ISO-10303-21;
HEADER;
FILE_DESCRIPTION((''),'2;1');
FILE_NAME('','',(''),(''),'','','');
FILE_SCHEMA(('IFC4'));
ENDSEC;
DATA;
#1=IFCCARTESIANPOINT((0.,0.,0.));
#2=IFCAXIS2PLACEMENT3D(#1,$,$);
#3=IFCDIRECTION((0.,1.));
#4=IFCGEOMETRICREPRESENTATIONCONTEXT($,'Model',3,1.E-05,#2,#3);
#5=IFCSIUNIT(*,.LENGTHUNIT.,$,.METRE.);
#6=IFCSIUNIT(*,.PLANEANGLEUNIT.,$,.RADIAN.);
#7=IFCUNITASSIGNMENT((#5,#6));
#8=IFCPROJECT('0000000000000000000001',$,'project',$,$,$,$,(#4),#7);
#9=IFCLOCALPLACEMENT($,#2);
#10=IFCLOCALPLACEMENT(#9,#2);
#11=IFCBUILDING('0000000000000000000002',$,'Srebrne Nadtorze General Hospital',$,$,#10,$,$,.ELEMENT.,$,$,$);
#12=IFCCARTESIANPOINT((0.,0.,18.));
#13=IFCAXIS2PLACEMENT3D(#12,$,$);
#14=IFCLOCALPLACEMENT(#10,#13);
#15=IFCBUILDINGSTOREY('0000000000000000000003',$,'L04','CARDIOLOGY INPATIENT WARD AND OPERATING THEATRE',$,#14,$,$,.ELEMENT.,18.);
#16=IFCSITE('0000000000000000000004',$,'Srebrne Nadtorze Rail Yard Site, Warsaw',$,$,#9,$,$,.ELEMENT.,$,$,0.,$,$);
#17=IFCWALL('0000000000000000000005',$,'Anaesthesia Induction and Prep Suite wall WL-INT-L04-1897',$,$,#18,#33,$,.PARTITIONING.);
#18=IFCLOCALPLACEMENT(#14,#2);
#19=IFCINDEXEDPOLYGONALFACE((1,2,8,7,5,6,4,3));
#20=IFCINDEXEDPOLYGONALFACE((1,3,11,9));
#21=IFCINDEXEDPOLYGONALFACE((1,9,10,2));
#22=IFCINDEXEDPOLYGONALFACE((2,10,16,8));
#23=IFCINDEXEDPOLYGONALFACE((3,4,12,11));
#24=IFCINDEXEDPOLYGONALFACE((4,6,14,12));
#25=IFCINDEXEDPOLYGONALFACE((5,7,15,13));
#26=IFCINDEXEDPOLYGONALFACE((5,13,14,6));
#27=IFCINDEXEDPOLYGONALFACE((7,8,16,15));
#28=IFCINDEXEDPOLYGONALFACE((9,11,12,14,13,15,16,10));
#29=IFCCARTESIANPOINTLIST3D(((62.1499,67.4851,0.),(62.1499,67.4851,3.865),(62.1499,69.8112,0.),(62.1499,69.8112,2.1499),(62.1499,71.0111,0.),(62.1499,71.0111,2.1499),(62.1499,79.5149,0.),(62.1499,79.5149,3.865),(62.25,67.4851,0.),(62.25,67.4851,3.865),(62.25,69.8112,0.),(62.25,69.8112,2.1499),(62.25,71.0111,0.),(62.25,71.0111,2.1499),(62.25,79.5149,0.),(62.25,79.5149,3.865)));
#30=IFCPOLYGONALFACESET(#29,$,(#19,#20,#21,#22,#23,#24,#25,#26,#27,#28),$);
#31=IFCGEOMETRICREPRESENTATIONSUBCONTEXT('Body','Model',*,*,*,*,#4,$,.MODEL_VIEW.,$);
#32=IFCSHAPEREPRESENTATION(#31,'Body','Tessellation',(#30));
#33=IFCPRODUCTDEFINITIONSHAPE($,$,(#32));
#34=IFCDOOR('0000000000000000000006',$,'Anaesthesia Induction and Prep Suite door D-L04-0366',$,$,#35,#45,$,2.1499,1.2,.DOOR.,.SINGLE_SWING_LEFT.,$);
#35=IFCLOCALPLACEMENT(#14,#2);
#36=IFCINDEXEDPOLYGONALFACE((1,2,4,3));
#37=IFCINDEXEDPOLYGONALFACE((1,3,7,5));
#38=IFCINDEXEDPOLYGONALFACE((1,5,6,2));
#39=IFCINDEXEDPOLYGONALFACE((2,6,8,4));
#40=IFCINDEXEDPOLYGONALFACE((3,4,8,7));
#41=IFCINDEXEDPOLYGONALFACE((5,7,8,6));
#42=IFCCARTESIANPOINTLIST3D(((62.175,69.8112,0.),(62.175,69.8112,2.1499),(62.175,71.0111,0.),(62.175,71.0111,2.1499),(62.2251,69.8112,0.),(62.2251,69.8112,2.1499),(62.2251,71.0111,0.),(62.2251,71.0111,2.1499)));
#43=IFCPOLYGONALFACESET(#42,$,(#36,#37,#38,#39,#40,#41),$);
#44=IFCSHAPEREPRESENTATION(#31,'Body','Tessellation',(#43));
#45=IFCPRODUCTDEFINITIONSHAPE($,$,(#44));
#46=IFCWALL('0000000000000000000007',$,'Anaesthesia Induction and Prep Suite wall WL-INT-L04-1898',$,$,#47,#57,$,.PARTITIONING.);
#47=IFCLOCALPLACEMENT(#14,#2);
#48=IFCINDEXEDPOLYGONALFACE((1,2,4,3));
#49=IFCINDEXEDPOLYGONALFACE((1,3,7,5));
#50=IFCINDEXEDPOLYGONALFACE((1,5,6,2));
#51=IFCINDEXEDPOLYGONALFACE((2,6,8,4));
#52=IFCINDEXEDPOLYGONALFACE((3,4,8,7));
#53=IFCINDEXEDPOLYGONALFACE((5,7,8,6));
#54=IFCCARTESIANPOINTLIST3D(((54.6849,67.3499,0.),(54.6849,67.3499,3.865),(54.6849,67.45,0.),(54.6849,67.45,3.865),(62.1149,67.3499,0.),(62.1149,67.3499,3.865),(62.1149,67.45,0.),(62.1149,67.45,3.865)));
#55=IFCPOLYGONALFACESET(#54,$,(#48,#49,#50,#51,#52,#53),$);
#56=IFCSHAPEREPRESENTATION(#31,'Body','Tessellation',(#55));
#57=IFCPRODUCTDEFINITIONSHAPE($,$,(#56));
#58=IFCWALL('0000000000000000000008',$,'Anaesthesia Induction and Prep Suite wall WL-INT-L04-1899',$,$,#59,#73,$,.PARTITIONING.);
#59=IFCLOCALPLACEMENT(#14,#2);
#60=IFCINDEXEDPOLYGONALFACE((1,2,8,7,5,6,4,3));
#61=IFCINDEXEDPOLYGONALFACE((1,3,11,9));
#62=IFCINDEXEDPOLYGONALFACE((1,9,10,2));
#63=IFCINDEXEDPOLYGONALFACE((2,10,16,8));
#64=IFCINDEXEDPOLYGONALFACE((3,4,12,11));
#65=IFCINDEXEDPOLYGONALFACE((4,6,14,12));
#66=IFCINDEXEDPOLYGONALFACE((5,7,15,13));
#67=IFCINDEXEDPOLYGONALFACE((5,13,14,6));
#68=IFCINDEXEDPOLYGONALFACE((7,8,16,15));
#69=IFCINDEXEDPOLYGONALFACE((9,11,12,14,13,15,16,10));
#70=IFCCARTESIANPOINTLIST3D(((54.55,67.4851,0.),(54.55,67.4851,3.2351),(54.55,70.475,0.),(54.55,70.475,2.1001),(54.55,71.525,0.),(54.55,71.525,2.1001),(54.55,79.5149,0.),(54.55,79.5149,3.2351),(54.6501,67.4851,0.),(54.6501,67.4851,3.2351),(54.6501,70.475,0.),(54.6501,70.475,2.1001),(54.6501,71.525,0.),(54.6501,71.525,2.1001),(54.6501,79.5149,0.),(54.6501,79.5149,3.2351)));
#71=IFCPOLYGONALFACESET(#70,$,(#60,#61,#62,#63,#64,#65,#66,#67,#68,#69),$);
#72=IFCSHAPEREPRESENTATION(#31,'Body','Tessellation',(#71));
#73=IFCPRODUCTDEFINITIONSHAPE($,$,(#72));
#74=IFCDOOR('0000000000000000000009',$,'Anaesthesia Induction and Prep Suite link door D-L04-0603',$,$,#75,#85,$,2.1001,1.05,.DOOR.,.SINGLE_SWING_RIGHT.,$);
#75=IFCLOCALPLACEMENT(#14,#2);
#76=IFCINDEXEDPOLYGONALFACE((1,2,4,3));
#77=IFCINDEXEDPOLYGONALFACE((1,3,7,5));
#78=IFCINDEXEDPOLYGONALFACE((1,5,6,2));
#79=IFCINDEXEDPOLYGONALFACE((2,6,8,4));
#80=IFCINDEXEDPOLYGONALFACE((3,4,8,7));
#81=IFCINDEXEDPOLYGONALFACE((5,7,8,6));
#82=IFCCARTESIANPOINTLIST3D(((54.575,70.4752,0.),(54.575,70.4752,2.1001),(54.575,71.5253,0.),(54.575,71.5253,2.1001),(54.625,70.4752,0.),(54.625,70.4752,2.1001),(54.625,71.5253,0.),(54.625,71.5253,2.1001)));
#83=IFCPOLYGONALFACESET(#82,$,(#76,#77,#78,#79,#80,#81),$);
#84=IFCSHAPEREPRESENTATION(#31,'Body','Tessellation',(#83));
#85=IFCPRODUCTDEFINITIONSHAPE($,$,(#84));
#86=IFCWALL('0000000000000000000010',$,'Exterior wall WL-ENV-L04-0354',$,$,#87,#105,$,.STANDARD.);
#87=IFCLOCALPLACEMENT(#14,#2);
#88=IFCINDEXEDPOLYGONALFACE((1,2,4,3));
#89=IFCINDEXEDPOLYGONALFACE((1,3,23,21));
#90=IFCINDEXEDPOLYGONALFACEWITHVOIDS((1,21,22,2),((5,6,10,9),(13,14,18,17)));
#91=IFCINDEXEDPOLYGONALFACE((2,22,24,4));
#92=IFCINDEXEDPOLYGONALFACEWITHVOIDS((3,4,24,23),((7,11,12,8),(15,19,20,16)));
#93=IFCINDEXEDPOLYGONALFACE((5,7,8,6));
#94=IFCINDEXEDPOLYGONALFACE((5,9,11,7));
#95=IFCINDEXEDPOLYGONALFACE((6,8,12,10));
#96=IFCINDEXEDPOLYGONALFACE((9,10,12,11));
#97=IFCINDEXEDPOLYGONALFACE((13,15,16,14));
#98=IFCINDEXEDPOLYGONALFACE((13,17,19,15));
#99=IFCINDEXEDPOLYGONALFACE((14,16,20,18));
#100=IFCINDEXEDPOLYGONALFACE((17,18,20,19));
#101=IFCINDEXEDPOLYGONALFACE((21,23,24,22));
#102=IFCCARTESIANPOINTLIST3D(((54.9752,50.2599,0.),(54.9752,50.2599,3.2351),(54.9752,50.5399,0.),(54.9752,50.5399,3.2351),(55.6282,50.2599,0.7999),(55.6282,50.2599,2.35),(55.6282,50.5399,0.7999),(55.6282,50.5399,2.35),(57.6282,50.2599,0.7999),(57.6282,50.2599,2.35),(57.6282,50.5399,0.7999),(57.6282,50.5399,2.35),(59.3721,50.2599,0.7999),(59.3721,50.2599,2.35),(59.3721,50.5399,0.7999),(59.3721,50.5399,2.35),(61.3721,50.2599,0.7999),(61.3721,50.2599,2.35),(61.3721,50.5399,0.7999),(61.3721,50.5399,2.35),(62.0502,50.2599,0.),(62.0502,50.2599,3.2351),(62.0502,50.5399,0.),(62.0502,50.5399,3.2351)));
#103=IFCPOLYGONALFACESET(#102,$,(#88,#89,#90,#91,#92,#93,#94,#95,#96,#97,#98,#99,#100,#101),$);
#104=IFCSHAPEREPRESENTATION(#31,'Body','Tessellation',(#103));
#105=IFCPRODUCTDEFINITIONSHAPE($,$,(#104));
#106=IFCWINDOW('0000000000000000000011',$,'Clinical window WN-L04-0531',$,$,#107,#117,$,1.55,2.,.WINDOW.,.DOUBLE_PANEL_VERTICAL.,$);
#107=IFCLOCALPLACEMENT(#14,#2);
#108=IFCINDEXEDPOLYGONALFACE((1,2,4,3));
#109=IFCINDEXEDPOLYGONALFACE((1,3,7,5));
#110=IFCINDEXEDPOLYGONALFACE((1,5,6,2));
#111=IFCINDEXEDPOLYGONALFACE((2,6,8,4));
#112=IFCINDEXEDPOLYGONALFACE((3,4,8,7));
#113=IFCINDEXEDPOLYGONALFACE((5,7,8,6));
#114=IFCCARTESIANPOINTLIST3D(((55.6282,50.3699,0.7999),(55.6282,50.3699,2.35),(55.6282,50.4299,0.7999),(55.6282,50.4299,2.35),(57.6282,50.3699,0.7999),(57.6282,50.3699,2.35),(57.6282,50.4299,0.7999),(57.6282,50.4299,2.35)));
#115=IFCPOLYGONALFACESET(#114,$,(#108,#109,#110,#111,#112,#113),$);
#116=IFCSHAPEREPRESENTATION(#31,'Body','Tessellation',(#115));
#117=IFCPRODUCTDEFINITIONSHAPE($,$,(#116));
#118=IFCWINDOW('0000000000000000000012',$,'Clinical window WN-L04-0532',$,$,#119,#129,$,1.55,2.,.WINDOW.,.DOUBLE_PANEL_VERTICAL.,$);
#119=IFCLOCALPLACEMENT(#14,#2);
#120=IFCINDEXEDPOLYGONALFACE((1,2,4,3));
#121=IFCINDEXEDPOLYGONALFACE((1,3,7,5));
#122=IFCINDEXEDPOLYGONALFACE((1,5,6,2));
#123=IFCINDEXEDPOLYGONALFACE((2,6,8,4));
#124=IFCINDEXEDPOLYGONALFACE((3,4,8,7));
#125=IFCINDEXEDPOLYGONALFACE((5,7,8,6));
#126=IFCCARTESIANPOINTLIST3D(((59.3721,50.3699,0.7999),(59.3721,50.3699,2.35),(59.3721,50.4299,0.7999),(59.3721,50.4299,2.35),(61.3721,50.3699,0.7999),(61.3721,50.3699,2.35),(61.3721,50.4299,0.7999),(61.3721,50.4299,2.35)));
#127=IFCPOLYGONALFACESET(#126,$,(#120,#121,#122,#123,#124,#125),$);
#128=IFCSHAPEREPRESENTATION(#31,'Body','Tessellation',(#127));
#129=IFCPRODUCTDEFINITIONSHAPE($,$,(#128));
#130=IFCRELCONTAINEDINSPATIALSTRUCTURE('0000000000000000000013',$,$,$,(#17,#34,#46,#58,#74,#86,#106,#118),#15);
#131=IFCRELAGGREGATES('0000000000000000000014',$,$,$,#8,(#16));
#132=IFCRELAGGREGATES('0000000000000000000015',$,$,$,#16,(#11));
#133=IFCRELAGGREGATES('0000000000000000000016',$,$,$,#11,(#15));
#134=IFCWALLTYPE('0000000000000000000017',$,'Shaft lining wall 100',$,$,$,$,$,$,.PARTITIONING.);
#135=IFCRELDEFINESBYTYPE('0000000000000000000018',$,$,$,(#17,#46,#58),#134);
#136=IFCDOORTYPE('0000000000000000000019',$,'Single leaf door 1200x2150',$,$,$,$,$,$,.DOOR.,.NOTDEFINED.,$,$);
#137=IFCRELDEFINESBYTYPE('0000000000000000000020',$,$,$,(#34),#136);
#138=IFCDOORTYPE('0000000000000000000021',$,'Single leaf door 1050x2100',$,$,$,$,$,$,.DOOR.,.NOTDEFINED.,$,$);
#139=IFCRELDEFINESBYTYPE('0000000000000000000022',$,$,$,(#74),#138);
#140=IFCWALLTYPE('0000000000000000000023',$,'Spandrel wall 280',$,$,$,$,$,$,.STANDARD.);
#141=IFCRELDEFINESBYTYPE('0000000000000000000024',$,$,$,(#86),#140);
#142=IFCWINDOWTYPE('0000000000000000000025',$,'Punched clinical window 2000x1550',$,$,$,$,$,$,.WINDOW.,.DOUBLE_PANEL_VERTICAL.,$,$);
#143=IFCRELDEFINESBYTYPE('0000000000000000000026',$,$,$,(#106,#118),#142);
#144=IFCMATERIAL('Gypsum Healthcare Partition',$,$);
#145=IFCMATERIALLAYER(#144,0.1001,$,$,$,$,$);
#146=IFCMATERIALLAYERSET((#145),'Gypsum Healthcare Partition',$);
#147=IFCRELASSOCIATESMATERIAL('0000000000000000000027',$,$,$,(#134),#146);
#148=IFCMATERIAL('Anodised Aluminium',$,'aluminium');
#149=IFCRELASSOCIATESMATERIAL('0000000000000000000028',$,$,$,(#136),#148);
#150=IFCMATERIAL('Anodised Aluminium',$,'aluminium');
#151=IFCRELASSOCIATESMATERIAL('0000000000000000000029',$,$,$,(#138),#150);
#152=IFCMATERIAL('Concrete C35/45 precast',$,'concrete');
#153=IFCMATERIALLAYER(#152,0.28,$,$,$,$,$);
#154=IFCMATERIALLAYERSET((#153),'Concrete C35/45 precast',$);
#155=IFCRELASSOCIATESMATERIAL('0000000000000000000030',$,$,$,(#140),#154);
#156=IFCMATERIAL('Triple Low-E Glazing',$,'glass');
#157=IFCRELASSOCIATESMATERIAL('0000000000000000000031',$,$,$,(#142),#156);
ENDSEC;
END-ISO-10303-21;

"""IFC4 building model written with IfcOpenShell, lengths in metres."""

from ifc_helpers import new_model, si_unit, direction, frame, frame_2d, origin, place, context, subcontext, project, spatial, rectangle, extrude, material, layer, layer_set, type_object, element, fill, save


model = new_model("IFC4")

# Units and contexts
model_context = context("Model", 3, precision=1e-05, world=origin(), true_north=direction((0.0, 1.0)))
body_context = subcontext(model_context, "Body", "Model", "MODEL_VIEW")
ifc_project = project(units=[si_unit("LENGTHUNIT", "METRE"), si_unit("PLANEANGLEUNIT", "RADIAN")], contexts=[model_context])

# Site, building, storey
site_placement = place(None, origin())
site = spatial("IfcSite", under=ifc_project, at=site_placement, Name="Srebrne Nadtorze Rail Yard Site, Warsaw", CompositionType="ELEMENT", RefElevation=0.0)
building_placement = place(site_placement, origin())
building = spatial("IfcBuilding", under=site, at=building_placement, Name="Srebrne Nadtorze General Hospital", CompositionType="ELEMENT")
storey_placement = place(building_placement, frame((0.0, 0.0, 18.0)))
storey = spatial("IfcBuildingStorey", under=building, at=storey_placement, Name="L04", Description="CARDIOLOGY INPATIENT WARD AND OPERATING THEATRE", CompositionType="ELEMENT", Elevation=18.0)

# Wall, opening, door
ifc_material_1 = material(Name="Gypsum Healthcare Partition")
ifc_layer_1 = layer(ifc_material_1, 0.1001)
ifc_layer_set_1 = layer_set([ifc_layer_1], Name="Gypsum Healthcare Partition")
wall_type_1 = type_object("IfcWallType", Name="Shaft lining wall 100", PredefinedType="PARTITIONING", material=ifc_layer_set_1)
wall_1_placement = place(storey_placement, frame((62.2, 67.4851, 0.0), z_axis=(0.0, 0.0, 1.0), x_axis=(0.0, 1.0, 0.0)))
wall_1 = element("IfcWall", 1, at=wall_1_placement, inside=storey, type_object=wall_type_1, Name="Anaesthesia Induction and Prep Suite wall WL-INT-L04-1897", PredefinedType="PARTITIONING", context=body_context, shape_type="SweptSolid", body=[
    extrude(rectangle(XDim=12.0298, YDim=0.1001, at=frame_2d((6.0149, 0.0))), origin(), (0.0, 0.0, 1.0), 3.865),
])
opening_1_placement = place(wall_1_placement, frame((2.3259, 0.0, 0.0)))
opening_1 = element("IfcOpeningElement", 2, at=opening_1_placement, cuts=wall_1, PredefinedType="OPENING", context=body_context, shape_type="SweptSolid", body=[
    extrude(rectangle(XDim=1.2, YDim=2.1499, at=frame_2d((0.6001, 1.075))), frame((0.0, 0.062, 0.0), z_axis=(0.0, -1.0, 0.0), x_axis=(1.0, 0.0, 0.0)), (0.0, 0.0, 1.0), 0.124),
])
ifc_material_2 = material(Name="Anodised Aluminium", Category="aluminium")
door_type_1 = type_object("IfcDoorType", Name="Single leaf door 1200x2150", OperationType="NOTDEFINED", PredefinedType="DOOR", material=ifc_material_2)
door_1_placement = place(opening_1_placement, origin())
door_1 = element("IfcDoor", 3, at=door_1_placement, inside=storey, type_object=door_type_1, Name="Anaesthesia Induction and Prep Suite door D-L04-0366", OperationType="SINGLE_SWING_LEFT", OverallHeight=2.1499, OverallWidth=1.2, PredefinedType="DOOR", context=body_context, shape_type="SweptSolid", body=[
    extrude(rectangle(XDim=1.2, YDim=2.1499, at=frame_2d((0.6001, 1.075))), frame((0.0, 0.0249, 0.0), z_axis=(0.0, -1.0, 0.0), x_axis=(1.0, 0.0, 0.0)), (0.0, 0.0, 1.0), 0.05),
])
fill(opening_1, door_1)

# Wall
wall_2_placement = place(storey_placement, frame((54.6851, 67.3999, 0.0), z_axis=(0.0, 0.0, 1.0), x_axis=(1.0, 0.0, 0.0)))
element("IfcWall", 4, at=wall_2_placement, inside=storey, type_object=wall_type_1, Name="Anaesthesia Induction and Prep Suite wall WL-INT-L04-1898", PredefinedType="PARTITIONING", context=body_context, shape_type="SweptSolid", body=[
    extrude(rectangle(XDim=7.4299, YDim=0.1001, at=frame_2d((3.7148, 0.0))), origin(), (0.0, 0.0, 1.0), 3.865),
])

# Wall, opening, door
wall_3_placement = place(storey_placement, frame((54.6001, 67.4851, 0.0), z_axis=(0.0, 0.0, 1.0), x_axis=(0.0, 1.0, 0.0)))
wall_3 = element("IfcWall", 5, at=wall_3_placement, inside=storey, type_object=wall_type_1, Name="Anaesthesia Induction and Prep Suite wall WL-INT-L04-1899", PredefinedType="PARTITIONING", context=body_context, shape_type="SweptSolid", body=[
    extrude(rectangle(XDim=12.0298, YDim=0.1001, at=frame_2d((6.0149, 0.0))), origin(), (0.0, 0.0, 1.0), 3.2351),
])
opening_2_placement = place(wall_3_placement, frame((2.99, 0.0, 0.0)))
opening_2 = element("IfcOpeningElement", 6, at=opening_2_placement, cuts=wall_3, PredefinedType="OPENING", context=body_context, shape_type="SweptSolid", body=[
    extrude(rectangle(XDim=1.05, YDim=2.1001, at=frame_2d((0.5249, 1.05))), frame((0.0, 0.062, 0.0), z_axis=(0.0, -1.0, 0.0), x_axis=(1.0, 0.0, 0.0)), (0.0, 0.0, 1.0), 0.124),
])
ifc_material_3 = material(Name="Anodised Aluminium", Category="aluminium")
door_type_2 = type_object("IfcDoorType", Name="Single leaf door 1050x2100", OperationType="NOTDEFINED", PredefinedType="DOOR", material=ifc_material_3)
door_2_placement = place(opening_2_placement, frame((1.05, 0.0, 0.0), z_axis=(0.0, 0.0, 1.0), x_axis=(-1.0, 0.0, 0.0)))
door_2 = element("IfcDoor", 7, at=door_2_placement, inside=storey, type_object=door_type_2, Name="Anaesthesia Induction and Prep Suite link door D-L04-0603", OperationType="SINGLE_SWING_RIGHT", OverallHeight=2.1001, OverallWidth=1.05, PredefinedType="DOOR", context=body_context, shape_type="SweptSolid", body=[
    extrude(rectangle(XDim=1.05, YDim=2.1001, at=frame_2d((0.5249, 1.05))), frame((0.0, 0.0249, 0.0), z_axis=(0.0, -1.0, 0.0), x_axis=(1.0, 0.0, 0.0)), (0.0, 0.0, 1.0), 0.05),
])
fill(opening_2, door_2)

# Wall, openings, windows
ifc_material_4 = material(Name="Concrete C35/45 precast", Category="concrete")
ifc_layer_2 = layer(ifc_material_4, 0.28)
ifc_layer_set_2 = layer_set([ifc_layer_2], Name="Concrete C35/45 precast")
wall_type_2 = type_object("IfcWallType", Name="Spandrel wall 280", PredefinedType="STANDARD", material=ifc_layer_set_2)
wall_4_placement = place(storey_placement, frame((54.9751, 50.3999, 0.0), z_axis=(0.0, 0.0, 1.0), x_axis=(1.0, 0.0, 0.0)))
wall_4 = element("IfcWall", 8, at=wall_4_placement, inside=storey, type_object=wall_type_2, Name="Exterior wall WL-ENV-L04-0354", PredefinedType="STANDARD", context=body_context, shape_type="SweptSolid", body=[
    extrude(rectangle(XDim=7.075, YDim=0.28, at=frame_2d((3.5376, 0.0))), origin(), (0.0, 0.0, 1.0), 3.2351),
])
opening_3_placement = place(wall_4_placement, frame((0.6531, 0.0, 0.8)))
opening_3 = element("IfcOpeningElement", 9, at=opening_3_placement, cuts=wall_4, PredefinedType="OPENING", context=body_context, shape_type="SweptSolid", body=[
    extrude(rectangle(XDim=2.0, YDim=1.55, at=frame_2d((1.0, 0.7749))), frame((0.0, 0.1519, 0.0), z_axis=(0.0, -1.0, 0.0), x_axis=(1.0, 0.0, 0.0)), (0.0, 0.0, 1.0), 0.304),
])
opening_4_placement = place(wall_4_placement, frame((4.397, 0.0, 0.8)))
opening_4 = element("IfcOpeningElement", 10, at=opening_4_placement, cuts=wall_4, PredefinedType="OPENING", context=body_context, shape_type="SweptSolid", body=[
    extrude(rectangle(XDim=2.0, YDim=1.55, at=frame_2d((1.0, 0.7749))), frame((0.0, 0.1519, 0.0), z_axis=(0.0, -1.0, 0.0), x_axis=(1.0, 0.0, 0.0)), (0.0, 0.0, 1.0), 0.304),
])
ifc_material_5 = material(Name="Triple Low-E Glazing", Category="glass")
window_type_1 = type_object("IfcWindowType", Name="Punched clinical window 2000x1550", PartitioningType="DOUBLE_PANEL_VERTICAL", PredefinedType="WINDOW", material=ifc_material_5)
window_1_placement = place(opening_3_placement, origin())
window_1 = element("IfcWindow", 11, at=window_1_placement, inside=storey, type_object=window_type_1, Name="Clinical window WN-L04-0531", OverallHeight=1.55, OverallWidth=2.0, PartitioningType="DOUBLE_PANEL_VERTICAL", PredefinedType="WINDOW", context=body_context, shape_type="SweptSolid", body=[
    extrude(rectangle(XDim=2.0, YDim=1.55, at=frame_2d((1.0, 0.7749))), frame((0.0, 0.03, 0.0), z_axis=(0.0, -1.0, 0.0), x_axis=(1.0, 0.0, 0.0)), (0.0, 0.0, 1.0), 0.0601),
])
fill(opening_3, window_1)
window_2_placement = place(opening_4_placement, origin())
window_2 = element("IfcWindow", 12, at=window_2_placement, inside=storey, type_object=window_type_1, Name="Clinical window WN-L04-0532", OverallHeight=1.55, OverallWidth=2.0, PartitioningType="DOUBLE_PANEL_VERTICAL", PredefinedType="WINDOW", context=body_context, shape_type="SweptSolid", body=[
    extrude(rectangle(XDim=2.0, YDim=1.55, at=frame_2d((1.0, 0.7749))), frame((0.0, 0.03, 0.0), z_axis=(0.0, -1.0, 0.0), x_axis=(1.0, 0.0, 0.0)), (0.0, 0.0, 1.0), 0.0601),
])
fill(opening_4, window_2)

save(model, "model.ifc")
